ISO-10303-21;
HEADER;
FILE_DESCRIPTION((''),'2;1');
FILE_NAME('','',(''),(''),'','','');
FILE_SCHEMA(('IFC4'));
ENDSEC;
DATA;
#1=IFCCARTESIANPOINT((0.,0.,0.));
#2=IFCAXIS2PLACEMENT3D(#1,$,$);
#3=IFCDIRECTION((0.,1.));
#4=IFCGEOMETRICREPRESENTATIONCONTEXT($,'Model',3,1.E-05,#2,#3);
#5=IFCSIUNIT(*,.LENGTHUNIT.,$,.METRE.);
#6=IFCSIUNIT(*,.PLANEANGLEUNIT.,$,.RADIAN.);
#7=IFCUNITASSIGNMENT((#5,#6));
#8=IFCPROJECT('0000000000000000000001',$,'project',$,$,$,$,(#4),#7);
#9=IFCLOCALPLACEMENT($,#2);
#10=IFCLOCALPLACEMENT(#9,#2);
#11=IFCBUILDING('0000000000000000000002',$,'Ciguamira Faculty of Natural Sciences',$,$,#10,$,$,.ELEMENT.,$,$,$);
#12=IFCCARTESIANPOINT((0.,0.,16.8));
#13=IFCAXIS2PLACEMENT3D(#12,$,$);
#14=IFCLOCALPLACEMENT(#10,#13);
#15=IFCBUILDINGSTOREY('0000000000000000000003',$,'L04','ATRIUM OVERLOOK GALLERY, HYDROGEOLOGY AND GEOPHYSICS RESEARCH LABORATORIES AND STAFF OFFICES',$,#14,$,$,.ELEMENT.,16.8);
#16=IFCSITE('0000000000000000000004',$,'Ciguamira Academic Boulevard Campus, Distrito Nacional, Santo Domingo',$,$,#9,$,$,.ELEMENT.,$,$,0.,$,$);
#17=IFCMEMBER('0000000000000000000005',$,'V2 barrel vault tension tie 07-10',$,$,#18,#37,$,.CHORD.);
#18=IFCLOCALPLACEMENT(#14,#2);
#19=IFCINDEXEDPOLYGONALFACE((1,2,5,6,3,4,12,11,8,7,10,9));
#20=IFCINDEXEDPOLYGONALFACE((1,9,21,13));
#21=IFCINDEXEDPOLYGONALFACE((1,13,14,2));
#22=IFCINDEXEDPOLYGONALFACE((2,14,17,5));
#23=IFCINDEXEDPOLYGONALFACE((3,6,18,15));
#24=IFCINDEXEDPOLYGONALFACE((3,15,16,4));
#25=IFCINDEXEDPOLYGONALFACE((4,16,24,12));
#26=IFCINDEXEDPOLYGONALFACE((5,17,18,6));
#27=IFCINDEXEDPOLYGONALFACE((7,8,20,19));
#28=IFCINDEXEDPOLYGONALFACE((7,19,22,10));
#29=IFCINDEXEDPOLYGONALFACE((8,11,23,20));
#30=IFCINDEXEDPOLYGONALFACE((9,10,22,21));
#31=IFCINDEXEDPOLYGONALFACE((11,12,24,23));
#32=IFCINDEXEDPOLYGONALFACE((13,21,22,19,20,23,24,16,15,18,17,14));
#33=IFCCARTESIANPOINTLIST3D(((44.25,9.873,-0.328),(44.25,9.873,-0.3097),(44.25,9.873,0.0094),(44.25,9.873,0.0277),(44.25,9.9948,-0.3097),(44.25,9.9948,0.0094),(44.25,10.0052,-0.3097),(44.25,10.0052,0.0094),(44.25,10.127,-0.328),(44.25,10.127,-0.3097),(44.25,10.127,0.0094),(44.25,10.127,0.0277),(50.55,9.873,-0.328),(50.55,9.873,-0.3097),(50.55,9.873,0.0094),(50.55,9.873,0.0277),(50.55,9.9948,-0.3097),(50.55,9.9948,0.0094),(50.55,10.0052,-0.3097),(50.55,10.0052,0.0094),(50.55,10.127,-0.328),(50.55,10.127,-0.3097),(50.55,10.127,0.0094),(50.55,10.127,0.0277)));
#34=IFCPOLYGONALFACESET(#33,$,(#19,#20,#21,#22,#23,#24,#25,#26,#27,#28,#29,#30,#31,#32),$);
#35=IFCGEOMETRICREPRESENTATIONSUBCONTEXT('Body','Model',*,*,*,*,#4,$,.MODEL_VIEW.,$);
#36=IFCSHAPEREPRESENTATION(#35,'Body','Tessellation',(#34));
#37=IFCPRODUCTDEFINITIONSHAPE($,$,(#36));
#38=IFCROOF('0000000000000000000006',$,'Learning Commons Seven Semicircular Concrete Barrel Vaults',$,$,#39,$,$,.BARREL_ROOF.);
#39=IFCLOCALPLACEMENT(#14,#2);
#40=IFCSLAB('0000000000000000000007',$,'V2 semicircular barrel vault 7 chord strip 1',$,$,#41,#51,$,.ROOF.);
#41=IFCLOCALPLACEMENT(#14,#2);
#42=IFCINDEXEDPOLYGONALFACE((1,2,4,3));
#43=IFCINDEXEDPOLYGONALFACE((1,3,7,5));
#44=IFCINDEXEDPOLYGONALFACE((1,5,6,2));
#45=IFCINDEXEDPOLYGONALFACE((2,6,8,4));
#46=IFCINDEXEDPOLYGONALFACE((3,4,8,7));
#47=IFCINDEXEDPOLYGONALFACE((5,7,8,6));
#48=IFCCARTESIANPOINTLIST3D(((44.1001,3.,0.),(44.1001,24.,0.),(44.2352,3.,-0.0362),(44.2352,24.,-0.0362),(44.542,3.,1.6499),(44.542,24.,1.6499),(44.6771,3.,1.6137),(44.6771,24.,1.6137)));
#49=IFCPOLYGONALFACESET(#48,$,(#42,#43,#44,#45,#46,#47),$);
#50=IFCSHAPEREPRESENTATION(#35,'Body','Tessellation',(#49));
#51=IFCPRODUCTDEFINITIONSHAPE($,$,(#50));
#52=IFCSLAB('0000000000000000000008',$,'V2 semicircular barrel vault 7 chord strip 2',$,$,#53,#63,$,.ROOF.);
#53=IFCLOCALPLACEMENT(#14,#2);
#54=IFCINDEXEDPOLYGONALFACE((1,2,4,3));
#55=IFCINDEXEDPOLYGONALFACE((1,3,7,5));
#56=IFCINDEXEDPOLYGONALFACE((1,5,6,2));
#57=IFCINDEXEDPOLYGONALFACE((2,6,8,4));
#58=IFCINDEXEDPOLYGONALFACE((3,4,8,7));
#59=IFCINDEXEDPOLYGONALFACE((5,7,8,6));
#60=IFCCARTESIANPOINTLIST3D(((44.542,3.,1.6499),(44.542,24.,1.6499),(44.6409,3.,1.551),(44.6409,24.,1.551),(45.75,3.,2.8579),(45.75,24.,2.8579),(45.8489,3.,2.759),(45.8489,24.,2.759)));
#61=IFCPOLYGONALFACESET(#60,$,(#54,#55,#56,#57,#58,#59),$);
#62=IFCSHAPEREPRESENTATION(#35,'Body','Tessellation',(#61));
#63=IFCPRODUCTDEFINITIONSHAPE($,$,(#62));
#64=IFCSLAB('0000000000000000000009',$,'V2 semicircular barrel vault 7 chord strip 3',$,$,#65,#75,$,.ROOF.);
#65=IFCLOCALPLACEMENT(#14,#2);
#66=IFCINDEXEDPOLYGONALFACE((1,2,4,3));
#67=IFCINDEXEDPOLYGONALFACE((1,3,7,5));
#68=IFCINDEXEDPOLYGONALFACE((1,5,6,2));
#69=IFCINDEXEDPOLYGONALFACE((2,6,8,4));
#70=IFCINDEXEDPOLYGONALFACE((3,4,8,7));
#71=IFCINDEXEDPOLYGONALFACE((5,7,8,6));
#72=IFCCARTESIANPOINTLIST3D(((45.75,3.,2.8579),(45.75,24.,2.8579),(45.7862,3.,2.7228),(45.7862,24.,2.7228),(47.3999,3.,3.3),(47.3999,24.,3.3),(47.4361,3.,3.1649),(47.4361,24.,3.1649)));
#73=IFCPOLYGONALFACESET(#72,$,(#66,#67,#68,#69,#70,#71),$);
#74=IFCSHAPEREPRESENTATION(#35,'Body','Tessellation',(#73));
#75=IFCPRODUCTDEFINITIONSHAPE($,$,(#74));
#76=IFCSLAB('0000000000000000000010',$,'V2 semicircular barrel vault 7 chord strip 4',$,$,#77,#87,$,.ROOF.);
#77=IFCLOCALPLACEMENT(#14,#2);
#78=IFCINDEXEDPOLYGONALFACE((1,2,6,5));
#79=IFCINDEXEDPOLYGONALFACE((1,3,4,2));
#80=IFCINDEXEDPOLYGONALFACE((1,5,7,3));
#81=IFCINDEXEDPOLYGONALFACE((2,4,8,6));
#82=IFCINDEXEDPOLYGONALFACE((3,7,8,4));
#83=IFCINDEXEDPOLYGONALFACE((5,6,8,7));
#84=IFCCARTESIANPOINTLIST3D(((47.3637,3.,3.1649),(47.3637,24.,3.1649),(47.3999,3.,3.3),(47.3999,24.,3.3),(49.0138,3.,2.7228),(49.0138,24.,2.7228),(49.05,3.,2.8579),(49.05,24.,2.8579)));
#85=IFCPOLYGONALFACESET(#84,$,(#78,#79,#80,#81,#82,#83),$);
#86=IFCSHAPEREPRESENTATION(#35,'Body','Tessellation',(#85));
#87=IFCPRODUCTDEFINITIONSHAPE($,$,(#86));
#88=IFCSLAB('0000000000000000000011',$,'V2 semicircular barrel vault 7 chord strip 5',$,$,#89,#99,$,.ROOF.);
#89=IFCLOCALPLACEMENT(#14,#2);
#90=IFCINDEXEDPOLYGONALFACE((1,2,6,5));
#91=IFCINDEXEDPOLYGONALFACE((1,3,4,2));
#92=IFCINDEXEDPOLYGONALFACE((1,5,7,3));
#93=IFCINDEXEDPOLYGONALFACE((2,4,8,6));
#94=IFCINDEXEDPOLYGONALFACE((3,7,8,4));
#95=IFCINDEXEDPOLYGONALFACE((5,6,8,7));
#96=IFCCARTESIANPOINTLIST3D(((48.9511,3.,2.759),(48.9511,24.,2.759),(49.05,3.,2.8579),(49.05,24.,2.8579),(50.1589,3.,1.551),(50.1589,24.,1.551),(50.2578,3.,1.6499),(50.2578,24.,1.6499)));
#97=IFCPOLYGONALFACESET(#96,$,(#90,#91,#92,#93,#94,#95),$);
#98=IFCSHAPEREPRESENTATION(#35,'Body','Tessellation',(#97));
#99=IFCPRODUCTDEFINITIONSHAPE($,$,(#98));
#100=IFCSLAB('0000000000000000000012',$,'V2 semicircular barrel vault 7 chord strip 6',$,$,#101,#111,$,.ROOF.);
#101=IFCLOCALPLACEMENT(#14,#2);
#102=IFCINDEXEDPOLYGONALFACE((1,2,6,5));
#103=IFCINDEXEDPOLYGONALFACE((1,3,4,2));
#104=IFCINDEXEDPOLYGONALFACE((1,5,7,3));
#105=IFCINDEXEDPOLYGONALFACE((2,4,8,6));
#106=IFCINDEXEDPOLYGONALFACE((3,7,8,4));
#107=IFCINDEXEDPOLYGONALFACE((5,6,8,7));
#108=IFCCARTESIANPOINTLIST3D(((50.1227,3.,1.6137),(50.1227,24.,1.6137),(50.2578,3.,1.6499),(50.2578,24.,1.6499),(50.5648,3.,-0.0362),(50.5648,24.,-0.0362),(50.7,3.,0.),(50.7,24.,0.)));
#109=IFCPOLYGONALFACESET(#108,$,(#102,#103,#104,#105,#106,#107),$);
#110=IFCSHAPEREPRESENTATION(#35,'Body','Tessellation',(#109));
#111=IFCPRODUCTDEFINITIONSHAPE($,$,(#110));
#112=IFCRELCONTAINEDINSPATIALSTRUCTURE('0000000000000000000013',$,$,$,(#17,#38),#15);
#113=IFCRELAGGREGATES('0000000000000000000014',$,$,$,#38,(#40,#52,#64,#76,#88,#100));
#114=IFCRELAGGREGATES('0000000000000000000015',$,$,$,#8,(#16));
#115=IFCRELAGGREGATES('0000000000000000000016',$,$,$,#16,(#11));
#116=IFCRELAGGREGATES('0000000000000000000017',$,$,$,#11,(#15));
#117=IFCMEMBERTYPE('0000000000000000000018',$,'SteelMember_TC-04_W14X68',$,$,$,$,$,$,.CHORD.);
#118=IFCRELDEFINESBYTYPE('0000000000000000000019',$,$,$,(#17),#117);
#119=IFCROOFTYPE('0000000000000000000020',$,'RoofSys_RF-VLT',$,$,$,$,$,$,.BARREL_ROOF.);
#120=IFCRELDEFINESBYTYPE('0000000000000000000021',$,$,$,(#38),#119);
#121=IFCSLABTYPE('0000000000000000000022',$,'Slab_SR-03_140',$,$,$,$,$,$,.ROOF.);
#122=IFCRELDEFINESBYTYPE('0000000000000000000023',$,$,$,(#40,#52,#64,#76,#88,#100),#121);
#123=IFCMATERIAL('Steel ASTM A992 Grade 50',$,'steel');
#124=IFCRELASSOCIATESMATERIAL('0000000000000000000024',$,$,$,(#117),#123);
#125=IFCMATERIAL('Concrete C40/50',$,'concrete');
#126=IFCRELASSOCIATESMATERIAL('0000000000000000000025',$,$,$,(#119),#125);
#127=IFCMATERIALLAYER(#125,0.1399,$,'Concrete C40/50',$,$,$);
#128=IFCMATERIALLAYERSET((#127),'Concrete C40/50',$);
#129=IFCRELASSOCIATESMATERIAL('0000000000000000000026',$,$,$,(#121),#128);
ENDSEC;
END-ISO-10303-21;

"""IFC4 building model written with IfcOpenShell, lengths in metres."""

from ifc_helpers import new_model, si_unit, direction, frame, origin, origin_2d, place, context, subcontext, project, spatial, polyline, i_section, outline, extrude, material, layer, layer_set, material_profile, profile_set, type_object, element, aggregate, save


model = new_model("IFC4")

# Units and contexts
model_context = context("Model", 3, precision=1e-05, world=origin(), true_north=direction((0.0, 1.0)))
body_context = subcontext(model_context, "Body", "Model", "MODEL_VIEW")
ifc_project = project(units=[si_unit("LENGTHUNIT", "METRE"), si_unit("PLANEANGLEUNIT", "RADIAN")], contexts=[model_context])

# Site, building, storey
site_placement = place(None, origin())
site = spatial("IfcSite", under=ifc_project, at=site_placement, Name="Ciguamira Academic Boulevard Campus, Distrito Nacional, Santo Domingo", CompositionType="ELEMENT", RefElevation=0.0)
building_placement = place(site_placement, origin())
building = spatial("IfcBuilding", under=site, at=building_placement, Name="Ciguamira Faculty of Natural Sciences", CompositionType="ELEMENT")
storey_placement = place(building_placement, frame((0.0, 0.0, 16.8)))
storey = spatial("IfcBuildingStorey", under=building, at=storey_placement, Name="L04", Description="ATRIUM OVERLOOK GALLERY, HYDROGEOLOGY AND GEOPHYSICS RESEARCH LABORATORIES AND STAFF OFFICES", CompositionType="ELEMENT", Elevation=16.8)

# Shared definitions
ifc_material_1 = material(Name="Concrete C40/50", Category="concrete")

# Member
ifc_material_2 = material(Name="Steel ASTM A992 Grade 50", Category="steel")
ifc_material_profile_1 = material_profile(ifc_material_2, i_section(OverallWidth=0.2539, OverallDepth=0.3557, WebThickness=0.0105, FlangeThickness=0.0183, at=origin_2d()), Name="W14X68")
ifc_profile_set_1 = profile_set([ifc_material_profile_1], Name="Steel ASTM A992 Grade 50")
member_type = type_object("IfcMemberType", Name="SteelMember_TC-04_W14X68", PredefinedType="CHORD", material=ifc_profile_set_1)
member_placement = place(storey_placement, frame((44.25, 10.0, -0.1501), z_axis=(1.0, 0.0, 0.0), x_axis=(0.0, 1.0, 0.0)))
element("IfcMember", 1, at=member_placement, inside=storey, type_object=member_type, Name="V2 barrel vault tension tie 07-10", PredefinedType="CHORD", context=body_context, shape_type="SweptSolid", body=[
    extrude(i_section(OverallWidth=0.2539, OverallDepth=0.3557, WebThickness=0.0105, FlangeThickness=0.0183, at=origin_2d()), origin(), (0.0, 0.0, 1.0), 6.3),
])

# Roof, slabs
roof_type = type_object("IfcRoofType", Name="RoofSys_RF-VLT", PredefinedType="BARREL_ROOF", material=ifc_material_1)
roof_placement = place(storey_placement, origin())
roof = element("IfcRoof", 2, at=roof_placement, inside=storey, type_object=roof_type, Name="Learning Commons Seven Semicircular Concrete Barrel Vaults", PredefinedType="BARREL_ROOF")
ifc_layer = layer(ifc_material_1, 0.1399, Name="Concrete C40/50")
ifc_layer_set = layer_set([ifc_layer], Name="Concrete C40/50")
slab_type = type_object("IfcSlabType", Name="Slab_SR-03_140", PredefinedType="ROOF", material=ifc_layer_set)
slab_1_placement = place(storey_placement, frame((44.1001, 3.0, 0.0), z_axis=(-0.965954, 0.0, 0.258712), x_axis=(0.258712, 0.0, 0.965954)))
slab_1 = element("IfcSlab", 3, at=slab_1_placement, type_object=slab_type, Name="V2 semicircular barrel vault 7 chord strip 1", PredefinedType="ROOF", context=body_context, shape_type="SweptSolid", body=[
    extrude(outline(polyline([(0.0, 0.0), (1.7081, 0.0), (1.7081, 21.0), (0.0, 21.0), (0.0, 0.0)])), origin(), (0.0, 0.0, -1.0), 0.1399),
])
slab_2_placement = place(storey_placement, frame((44.542, 3.0, 1.6499), z_axis=(-0.707107, 0.0, 0.707107), x_axis=(0.707107, 0.0, 0.707107)))
slab_2 = element("IfcSlab", 4, at=slab_2_placement, type_object=slab_type, Name="V2 semicircular barrel vault 7 chord strip 2", PredefinedType="ROOF", context=body_context, shape_type="SweptSolid", body=[
    extrude(outline(polyline([(0.0, 0.0), (1.7084, 0.0), (1.7084, 21.0), (0.0, 21.0), (0.0, 0.0)])), origin(), (0.0, 0.0, -1.0), 0.1399),
])
slab_3_placement = place(storey_placement, frame((45.75, 3.0, 2.8579), z_axis=(-0.258846, 0.0, 0.965919), x_axis=(0.965919, 0.0, 0.258846)))
slab_3 = element("IfcSlab", 5, at=slab_3_placement, type_object=slab_type, Name="V2 semicircular barrel vault 7 chord strip 3", PredefinedType="ROOF", context=body_context, shape_type="SweptSolid", body=[
    extrude(outline(polyline([(0.0, 0.0), (1.7081, 0.0), (1.7081, 21.0), (0.0, 21.0), (0.0, 0.0)])), origin(), (0.0, 0.0, -1.0), 0.1399),
])
slab_4_placement = place(storey_placement, frame((47.3999, 3.0, 3.3), z_axis=(0.25881, 0.0, 0.965928), x_axis=(0.965928, 0.0, -0.25881)))
slab_4 = element("IfcSlab", 6, at=slab_4_placement, type_object=slab_type, Name="V2 semicircular barrel vault 7 chord strip 4", PredefinedType="ROOF", context=body_context, shape_type="SweptSolid", body=[
    extrude(outline(polyline([(0.0, 0.0), (1.7084, 0.0), (1.7084, 21.0), (0.0, 21.0), (0.0, 0.0)])), origin(), (0.0, 0.0, -1.0), 0.1399),
])
slab_5_placement = place(storey_placement, frame((49.05, 3.0, 2.8579), z_axis=(0.707178, 0.0, 0.707035), x_axis=(0.707035, 0.0, -0.707178)))
slab_5 = element("IfcSlab", 7, at=slab_5_placement, type_object=slab_type, Name="V2 semicircular barrel vault 7 chord strip 5", PredefinedType="ROOF", context=body_context, shape_type="SweptSolid", body=[
    extrude(outline(polyline([(0.0, 0.0), (1.7082, 0.0), (1.7082, 21.0), (0.0, 21.0), (0.0, 0.0)])), origin(), (0.0, 0.0, -1.0), 0.1399),
])
slab_6_placement = place(storey_placement, frame((50.2578, 3.0, 1.6499), z_axis=(0.965919, 0.0, 0.258846), x_axis=(0.258846, 0.0, -0.965919)))
slab_6 = element("IfcSlab", 8, at=slab_6_placement, type_object=slab_type, Name="V2 semicircular barrel vault 7 chord strip 6", PredefinedType="ROOF", context=body_context, shape_type="SweptSolid", body=[
    extrude(outline(polyline([(0.0, 0.0), (1.7081, 0.0), (1.7081, 21.0), (0.0, 21.0), (0.0, 0.0)])), origin(), (0.0, 0.0, -1.0), 0.1399),
])
aggregate(roof, [slab_1, slab_2, slab_3, slab_4, slab_5, slab_6])

save(model, "model.ifc")
